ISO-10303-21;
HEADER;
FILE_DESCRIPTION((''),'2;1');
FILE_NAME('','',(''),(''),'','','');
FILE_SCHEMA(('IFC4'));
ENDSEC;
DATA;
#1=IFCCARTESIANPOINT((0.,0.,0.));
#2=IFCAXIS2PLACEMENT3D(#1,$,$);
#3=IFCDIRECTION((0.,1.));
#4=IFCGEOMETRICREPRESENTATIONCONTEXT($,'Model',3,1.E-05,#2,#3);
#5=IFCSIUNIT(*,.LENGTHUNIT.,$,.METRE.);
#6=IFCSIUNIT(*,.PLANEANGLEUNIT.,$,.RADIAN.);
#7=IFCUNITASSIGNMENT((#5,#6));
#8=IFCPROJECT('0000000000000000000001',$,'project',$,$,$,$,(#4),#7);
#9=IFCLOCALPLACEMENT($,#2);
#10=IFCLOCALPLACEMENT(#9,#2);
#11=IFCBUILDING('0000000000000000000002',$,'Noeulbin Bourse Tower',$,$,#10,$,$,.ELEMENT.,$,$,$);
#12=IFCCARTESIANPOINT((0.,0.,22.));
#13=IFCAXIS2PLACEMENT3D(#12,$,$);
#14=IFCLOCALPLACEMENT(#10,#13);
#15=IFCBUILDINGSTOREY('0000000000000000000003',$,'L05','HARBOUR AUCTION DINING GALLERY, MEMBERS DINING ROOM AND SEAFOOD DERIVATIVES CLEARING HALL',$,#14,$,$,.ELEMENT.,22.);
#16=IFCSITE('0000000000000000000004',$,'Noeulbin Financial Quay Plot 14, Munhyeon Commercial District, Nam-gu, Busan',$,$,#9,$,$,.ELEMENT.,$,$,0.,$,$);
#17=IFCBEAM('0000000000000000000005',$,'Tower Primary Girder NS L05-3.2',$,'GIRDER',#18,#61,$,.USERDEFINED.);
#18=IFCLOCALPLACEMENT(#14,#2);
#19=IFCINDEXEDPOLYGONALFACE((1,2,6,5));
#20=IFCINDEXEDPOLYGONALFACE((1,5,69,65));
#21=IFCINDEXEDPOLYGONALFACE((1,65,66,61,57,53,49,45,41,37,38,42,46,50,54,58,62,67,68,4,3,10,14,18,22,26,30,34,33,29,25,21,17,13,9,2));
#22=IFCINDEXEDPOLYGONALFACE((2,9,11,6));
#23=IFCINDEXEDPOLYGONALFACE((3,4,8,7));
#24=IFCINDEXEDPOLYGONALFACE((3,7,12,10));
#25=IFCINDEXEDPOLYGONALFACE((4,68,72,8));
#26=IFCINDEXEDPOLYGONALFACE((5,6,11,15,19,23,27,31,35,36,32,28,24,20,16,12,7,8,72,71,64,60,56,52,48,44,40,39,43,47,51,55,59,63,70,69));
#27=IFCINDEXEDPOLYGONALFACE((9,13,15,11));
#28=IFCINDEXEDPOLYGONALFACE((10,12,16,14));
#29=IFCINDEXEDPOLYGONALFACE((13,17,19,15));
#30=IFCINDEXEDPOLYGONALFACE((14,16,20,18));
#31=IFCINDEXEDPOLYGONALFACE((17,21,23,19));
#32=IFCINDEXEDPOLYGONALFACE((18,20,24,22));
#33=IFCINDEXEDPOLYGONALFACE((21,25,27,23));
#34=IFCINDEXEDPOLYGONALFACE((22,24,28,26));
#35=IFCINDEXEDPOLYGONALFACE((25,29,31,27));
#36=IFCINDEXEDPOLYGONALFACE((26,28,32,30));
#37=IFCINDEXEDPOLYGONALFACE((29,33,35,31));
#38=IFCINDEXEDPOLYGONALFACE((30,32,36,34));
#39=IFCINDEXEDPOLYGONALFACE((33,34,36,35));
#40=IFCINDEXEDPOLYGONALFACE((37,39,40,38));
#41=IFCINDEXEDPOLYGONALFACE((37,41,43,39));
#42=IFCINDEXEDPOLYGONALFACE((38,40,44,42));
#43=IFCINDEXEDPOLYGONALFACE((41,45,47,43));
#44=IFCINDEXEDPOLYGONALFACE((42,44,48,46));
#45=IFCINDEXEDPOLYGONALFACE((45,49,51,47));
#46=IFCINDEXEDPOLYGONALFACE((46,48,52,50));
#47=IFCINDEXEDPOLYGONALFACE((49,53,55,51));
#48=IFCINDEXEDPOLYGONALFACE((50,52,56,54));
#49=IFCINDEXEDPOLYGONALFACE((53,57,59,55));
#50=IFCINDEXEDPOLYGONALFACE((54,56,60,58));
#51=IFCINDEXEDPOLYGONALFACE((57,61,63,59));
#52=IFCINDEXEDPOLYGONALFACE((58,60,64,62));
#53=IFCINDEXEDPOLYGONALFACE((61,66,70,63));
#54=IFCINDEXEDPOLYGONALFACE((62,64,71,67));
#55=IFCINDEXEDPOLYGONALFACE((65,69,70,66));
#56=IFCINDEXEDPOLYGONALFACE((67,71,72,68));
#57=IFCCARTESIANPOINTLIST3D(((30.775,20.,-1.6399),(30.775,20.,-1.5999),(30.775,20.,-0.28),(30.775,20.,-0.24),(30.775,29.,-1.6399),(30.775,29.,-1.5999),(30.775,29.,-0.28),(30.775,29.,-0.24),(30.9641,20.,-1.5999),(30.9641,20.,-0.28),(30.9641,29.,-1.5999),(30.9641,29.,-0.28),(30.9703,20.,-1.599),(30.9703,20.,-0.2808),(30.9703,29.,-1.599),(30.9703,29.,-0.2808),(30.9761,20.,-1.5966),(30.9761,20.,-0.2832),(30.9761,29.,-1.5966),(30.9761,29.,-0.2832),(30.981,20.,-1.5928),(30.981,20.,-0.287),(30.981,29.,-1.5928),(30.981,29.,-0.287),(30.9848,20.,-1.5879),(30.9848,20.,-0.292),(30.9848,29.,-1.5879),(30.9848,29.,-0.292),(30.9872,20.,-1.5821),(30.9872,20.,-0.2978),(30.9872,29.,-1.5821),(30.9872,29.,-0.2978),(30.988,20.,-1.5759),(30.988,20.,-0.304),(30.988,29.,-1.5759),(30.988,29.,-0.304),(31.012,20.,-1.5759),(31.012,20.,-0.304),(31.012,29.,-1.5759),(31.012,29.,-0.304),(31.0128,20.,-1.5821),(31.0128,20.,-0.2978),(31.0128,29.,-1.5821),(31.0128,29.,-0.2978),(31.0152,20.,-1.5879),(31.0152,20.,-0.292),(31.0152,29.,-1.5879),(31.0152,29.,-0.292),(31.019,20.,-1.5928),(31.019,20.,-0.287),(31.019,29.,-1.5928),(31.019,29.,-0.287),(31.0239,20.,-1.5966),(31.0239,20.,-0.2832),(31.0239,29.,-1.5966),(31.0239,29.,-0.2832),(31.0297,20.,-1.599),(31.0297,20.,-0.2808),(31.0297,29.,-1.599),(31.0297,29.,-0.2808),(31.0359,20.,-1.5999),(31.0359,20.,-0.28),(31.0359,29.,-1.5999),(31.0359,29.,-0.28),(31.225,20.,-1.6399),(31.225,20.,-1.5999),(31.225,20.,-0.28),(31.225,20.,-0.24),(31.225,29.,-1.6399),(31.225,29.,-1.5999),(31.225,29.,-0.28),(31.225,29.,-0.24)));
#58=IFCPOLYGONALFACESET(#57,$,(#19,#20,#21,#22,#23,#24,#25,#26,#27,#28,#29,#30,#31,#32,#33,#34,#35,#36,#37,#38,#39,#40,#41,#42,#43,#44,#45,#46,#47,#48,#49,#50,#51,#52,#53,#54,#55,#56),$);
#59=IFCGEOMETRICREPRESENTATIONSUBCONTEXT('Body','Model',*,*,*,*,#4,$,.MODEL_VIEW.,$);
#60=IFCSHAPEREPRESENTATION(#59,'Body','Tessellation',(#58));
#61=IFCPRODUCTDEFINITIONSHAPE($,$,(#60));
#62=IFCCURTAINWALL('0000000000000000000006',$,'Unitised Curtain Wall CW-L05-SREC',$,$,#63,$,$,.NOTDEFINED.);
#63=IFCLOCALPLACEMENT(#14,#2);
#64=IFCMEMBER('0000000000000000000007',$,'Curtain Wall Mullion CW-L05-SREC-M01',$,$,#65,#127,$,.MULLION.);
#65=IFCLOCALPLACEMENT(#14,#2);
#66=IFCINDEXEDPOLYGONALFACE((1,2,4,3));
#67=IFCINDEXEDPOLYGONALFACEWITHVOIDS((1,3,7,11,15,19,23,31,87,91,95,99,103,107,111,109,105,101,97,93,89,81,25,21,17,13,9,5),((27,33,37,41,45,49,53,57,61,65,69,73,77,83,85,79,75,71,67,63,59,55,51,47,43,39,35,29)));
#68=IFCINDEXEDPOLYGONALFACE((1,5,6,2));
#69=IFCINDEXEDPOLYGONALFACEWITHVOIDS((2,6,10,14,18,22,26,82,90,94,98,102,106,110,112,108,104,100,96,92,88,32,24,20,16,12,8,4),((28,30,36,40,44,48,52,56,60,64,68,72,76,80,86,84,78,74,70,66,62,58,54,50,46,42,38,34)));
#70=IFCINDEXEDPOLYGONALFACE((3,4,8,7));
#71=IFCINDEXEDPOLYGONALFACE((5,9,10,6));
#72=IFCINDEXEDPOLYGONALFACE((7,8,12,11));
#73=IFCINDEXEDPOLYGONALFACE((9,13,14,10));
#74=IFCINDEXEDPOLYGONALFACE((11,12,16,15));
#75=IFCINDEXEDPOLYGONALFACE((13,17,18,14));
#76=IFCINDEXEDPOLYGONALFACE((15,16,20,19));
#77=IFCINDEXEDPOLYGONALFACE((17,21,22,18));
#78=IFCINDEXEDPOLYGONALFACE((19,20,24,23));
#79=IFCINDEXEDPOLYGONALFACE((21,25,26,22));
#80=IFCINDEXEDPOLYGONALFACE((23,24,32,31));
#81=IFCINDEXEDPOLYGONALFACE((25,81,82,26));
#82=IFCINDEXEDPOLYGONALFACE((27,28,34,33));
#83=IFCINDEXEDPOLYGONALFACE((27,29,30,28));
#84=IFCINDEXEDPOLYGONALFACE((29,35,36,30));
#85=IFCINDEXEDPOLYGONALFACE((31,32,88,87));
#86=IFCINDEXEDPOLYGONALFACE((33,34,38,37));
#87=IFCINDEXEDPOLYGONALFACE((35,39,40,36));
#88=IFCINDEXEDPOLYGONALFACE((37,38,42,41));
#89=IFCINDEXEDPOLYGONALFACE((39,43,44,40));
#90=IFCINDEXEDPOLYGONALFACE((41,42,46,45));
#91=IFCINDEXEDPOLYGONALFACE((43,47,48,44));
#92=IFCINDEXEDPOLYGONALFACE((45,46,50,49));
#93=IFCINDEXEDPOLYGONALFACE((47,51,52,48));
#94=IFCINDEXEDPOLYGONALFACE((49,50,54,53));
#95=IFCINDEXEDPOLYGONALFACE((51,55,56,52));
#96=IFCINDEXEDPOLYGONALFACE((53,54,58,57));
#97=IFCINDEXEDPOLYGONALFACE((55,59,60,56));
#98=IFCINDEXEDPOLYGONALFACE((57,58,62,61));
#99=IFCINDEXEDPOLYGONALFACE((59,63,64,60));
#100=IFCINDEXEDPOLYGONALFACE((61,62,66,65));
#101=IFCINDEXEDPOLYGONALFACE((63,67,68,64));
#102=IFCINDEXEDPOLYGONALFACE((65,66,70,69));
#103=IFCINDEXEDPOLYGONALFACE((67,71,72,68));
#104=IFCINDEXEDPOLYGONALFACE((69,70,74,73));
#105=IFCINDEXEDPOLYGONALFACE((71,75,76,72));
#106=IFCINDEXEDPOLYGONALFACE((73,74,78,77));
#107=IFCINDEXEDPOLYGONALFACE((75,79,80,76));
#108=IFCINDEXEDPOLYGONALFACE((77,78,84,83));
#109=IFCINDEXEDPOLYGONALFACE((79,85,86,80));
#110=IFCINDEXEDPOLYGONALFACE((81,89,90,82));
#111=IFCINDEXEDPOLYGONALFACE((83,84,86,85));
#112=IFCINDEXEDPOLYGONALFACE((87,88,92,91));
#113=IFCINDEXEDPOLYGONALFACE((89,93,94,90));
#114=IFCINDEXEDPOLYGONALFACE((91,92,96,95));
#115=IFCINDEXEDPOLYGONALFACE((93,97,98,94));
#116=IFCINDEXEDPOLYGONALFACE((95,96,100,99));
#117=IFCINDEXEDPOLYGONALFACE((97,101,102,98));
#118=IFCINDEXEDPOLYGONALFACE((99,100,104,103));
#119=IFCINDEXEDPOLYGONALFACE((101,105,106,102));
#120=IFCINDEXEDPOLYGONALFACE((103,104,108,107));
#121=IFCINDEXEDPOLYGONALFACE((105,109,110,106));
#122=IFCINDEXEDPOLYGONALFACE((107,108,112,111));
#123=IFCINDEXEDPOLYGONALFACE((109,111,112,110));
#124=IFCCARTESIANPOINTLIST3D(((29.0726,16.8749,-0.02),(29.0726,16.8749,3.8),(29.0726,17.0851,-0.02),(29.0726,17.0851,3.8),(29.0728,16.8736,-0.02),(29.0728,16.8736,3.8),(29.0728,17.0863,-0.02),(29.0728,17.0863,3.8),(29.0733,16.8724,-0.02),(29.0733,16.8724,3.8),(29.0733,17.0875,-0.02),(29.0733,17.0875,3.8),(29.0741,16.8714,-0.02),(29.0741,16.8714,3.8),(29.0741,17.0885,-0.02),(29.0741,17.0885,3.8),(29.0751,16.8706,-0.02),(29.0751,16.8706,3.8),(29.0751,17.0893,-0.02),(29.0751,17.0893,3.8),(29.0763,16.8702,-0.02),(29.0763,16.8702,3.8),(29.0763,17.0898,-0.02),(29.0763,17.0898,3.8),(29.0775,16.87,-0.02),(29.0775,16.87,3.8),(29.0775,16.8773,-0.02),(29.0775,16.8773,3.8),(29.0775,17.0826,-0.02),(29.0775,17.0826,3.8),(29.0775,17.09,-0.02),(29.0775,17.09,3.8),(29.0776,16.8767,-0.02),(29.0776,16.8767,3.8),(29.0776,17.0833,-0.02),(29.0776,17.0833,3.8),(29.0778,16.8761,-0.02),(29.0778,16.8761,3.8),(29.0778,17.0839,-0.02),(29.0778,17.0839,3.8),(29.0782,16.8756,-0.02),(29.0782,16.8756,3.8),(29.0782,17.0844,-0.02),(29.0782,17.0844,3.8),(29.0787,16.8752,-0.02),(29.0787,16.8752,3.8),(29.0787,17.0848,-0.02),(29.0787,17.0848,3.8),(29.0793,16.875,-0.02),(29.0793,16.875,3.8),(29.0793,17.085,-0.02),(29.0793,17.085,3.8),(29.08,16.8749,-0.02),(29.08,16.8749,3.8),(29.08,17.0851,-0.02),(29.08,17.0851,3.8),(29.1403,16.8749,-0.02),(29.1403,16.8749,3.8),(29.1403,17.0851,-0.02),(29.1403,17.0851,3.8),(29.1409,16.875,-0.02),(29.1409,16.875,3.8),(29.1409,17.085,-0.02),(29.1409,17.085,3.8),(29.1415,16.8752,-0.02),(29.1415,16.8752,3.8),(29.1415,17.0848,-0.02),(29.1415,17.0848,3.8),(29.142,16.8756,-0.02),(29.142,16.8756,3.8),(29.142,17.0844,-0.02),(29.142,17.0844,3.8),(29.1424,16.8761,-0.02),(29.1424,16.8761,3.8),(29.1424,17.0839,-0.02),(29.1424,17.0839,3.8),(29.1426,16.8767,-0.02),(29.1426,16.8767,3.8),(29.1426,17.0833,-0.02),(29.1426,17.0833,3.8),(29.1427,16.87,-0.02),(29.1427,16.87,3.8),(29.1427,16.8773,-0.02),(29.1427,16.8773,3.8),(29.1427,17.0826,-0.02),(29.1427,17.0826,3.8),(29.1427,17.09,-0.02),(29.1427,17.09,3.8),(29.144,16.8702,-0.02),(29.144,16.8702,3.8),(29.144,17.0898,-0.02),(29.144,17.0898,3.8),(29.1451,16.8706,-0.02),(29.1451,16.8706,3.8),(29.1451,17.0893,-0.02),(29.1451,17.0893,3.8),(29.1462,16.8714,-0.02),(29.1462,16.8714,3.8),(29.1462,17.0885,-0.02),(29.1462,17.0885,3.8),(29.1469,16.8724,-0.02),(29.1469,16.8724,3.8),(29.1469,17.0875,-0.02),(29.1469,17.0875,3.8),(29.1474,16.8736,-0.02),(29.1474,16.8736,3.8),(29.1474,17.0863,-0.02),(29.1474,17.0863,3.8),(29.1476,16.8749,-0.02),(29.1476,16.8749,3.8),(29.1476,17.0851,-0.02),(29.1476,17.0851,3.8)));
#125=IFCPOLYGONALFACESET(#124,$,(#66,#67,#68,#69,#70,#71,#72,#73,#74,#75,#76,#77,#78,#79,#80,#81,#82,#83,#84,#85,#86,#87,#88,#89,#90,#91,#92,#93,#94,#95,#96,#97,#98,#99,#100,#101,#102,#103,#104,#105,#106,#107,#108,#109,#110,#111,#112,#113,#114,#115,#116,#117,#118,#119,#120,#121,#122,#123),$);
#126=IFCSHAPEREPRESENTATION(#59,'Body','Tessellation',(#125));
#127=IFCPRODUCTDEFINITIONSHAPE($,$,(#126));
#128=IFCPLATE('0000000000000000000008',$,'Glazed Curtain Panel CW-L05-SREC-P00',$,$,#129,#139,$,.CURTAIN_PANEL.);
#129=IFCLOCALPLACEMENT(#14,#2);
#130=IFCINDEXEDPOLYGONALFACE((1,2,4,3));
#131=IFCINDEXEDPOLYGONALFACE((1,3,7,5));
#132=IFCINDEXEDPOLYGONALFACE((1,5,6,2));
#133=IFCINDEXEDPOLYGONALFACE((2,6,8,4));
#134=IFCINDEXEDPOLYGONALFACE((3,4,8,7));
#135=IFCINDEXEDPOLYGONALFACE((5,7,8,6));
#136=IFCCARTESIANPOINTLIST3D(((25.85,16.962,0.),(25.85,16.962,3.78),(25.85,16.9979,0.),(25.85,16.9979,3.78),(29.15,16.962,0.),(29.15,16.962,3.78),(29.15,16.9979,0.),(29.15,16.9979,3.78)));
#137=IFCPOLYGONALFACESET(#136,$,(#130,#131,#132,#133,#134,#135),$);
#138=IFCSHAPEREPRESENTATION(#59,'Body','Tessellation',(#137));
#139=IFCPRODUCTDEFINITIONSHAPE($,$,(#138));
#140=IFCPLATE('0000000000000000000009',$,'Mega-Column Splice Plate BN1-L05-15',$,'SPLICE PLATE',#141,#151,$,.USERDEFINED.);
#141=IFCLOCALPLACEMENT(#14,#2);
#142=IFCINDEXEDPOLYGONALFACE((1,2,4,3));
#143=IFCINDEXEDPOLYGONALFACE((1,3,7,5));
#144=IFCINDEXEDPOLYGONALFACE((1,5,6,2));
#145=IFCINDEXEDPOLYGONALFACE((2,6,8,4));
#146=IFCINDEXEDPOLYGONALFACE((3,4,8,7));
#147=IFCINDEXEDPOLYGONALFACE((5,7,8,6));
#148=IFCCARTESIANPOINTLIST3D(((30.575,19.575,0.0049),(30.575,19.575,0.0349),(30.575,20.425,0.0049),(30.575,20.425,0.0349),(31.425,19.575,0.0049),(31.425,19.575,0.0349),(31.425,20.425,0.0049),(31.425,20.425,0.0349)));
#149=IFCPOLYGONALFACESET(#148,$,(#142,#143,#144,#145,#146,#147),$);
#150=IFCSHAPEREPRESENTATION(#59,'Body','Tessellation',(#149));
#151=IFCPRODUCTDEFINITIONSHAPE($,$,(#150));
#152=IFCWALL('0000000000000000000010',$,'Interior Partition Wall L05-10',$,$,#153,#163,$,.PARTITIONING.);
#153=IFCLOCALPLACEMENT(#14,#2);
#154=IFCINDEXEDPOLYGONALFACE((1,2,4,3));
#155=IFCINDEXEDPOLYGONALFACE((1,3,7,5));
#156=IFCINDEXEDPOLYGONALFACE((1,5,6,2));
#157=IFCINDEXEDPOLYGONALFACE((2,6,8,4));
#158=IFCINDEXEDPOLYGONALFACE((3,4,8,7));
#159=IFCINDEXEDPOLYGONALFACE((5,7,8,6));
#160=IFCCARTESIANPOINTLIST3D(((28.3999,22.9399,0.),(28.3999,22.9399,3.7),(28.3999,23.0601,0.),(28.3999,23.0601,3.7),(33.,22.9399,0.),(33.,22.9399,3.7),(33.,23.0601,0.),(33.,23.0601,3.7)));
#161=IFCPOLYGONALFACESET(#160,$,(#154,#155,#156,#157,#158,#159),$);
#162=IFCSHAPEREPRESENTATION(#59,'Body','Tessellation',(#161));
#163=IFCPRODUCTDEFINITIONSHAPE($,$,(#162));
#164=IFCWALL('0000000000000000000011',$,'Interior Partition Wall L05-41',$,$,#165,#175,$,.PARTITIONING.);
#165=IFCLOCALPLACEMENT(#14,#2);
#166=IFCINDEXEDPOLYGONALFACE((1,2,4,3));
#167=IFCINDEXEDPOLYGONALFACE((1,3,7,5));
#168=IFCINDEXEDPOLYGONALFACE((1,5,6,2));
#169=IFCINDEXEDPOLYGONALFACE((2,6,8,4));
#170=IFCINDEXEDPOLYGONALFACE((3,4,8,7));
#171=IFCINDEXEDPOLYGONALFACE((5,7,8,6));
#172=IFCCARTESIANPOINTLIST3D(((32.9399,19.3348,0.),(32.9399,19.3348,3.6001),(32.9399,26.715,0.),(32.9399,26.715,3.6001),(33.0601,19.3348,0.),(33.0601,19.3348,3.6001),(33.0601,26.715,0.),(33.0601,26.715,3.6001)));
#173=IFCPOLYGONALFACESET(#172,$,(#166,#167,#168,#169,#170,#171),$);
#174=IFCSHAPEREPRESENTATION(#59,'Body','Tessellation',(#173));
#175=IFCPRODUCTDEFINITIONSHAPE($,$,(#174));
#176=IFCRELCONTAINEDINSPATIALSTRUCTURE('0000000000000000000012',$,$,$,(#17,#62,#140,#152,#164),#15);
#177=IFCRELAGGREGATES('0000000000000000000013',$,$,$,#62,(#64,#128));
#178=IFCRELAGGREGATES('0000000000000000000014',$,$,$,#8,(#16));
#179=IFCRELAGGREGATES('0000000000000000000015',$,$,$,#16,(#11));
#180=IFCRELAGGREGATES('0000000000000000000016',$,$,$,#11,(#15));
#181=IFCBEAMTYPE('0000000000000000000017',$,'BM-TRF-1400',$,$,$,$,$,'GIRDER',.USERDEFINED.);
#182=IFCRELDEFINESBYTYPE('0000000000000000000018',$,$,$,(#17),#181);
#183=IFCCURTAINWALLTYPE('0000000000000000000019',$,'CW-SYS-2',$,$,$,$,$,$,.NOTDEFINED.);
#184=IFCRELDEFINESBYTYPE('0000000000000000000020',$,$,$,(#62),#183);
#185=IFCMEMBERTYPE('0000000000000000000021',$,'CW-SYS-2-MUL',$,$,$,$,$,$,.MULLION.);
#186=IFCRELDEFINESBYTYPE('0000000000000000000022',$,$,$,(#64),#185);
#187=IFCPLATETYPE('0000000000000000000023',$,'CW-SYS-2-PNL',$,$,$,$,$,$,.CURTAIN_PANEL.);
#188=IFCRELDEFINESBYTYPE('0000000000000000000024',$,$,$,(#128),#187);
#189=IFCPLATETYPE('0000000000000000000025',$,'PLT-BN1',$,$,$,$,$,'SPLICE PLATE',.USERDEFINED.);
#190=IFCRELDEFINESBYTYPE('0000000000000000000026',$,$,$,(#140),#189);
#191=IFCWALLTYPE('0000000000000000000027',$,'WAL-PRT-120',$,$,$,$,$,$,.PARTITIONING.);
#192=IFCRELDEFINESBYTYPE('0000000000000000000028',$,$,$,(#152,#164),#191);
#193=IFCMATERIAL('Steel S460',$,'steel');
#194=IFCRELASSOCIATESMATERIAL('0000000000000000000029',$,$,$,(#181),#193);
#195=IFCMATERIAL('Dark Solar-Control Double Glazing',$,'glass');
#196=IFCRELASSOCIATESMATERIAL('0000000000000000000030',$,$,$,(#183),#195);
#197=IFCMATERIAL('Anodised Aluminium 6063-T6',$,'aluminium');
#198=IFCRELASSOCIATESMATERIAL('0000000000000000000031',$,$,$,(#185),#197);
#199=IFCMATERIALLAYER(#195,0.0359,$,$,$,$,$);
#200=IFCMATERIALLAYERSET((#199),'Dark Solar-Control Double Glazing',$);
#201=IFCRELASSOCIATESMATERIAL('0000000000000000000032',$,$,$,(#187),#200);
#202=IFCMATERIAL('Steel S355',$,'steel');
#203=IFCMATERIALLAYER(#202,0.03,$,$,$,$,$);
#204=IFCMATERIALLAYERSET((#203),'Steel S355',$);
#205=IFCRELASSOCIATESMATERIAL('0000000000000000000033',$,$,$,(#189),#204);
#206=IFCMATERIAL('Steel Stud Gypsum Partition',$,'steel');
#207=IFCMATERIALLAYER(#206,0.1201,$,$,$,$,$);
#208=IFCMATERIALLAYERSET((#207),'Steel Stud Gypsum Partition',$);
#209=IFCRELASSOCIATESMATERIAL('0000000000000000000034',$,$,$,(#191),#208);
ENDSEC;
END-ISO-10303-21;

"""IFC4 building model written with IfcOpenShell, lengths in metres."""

from ifc_helpers import new_model, si_unit, direction, frame, frame_2d, origin, origin_2d, place, context, subcontext, project, spatial, rectangle, hollow_rectangle, i_section, extrude, material, layer, layer_set, material_profile, profile_set, type_object, element, aggregate, save


model = new_model("IFC4")

# Units and contexts
model_context = context("Model", 3, precision=1e-05, world=origin(), true_north=direction((0.0, 1.0)))
body_context = subcontext(model_context, "Body", "Model", "MODEL_VIEW")
ifc_project = project(units=[si_unit("LENGTHUNIT", "METRE"), si_unit("PLANEANGLEUNIT", "RADIAN")], contexts=[model_context])

# Site, building, storey
site_placement = place(None, origin())
site = spatial("IfcSite", under=ifc_project, at=site_placement, Name="Noeulbin Financial Quay Plot 14, Munhyeon Commercial District, Nam-gu, Busan", CompositionType="ELEMENT", RefElevation=0.0)
building_placement = place(site_placement, origin())
building = spatial("IfcBuilding", under=site, at=building_placement, Name="Noeulbin Bourse Tower", CompositionType="ELEMENT")
storey_placement = place(building_placement, frame((0.0, 0.0, 22.0)))
storey = spatial("IfcBuildingStorey", under=building, at=storey_placement, Name="L05", Description="HARBOUR AUCTION DINING GALLERY, MEMBERS DINING ROOM AND SEAFOOD DERIVATIVES CLEARING HALL", CompositionType="ELEMENT", Elevation=22.0)

# Shared definitions
ifc_material_1 = material(Name="Steel S460", Category="steel")

# Beam
ifc_material_2 = material(Name="Steel S355", Category="steel")
ifc_material_profile_1 = material_profile(ifc_material_1, i_section(OverallWidth=0.45, OverallDepth=1.3999, WebThickness=0.0239, FlangeThickness=0.04, FilletRadius=0.0239, at=origin_2d()), Name="PG-1400x450x24x40", Category="LoadBearing")
ifc_profile_set_1 = profile_set([ifc_material_profile_1], Name="Steel S460")
beam_type_1 = type_object("IfcBeamType", Name="BM-TRF-1400", ElementType="GIRDER", PredefinedType="USERDEFINED", material=ifc_profile_set_1)
beam_1_placement = place(storey_placement, frame((31.0, 20.0, -0.9399), z_axis=(0.0, 1.0, 0.0), x_axis=(-1.0, 0.0, 0.0)))
element("IfcBeam", 1, at=beam_1_placement, inside=storey, type_object=beam_type_1, Name="Tower Primary Girder NS L05-3.2", ObjectType="GIRDER", PredefinedType="USERDEFINED", context=body_context, shape_type="SweptSolid", body=[
    extrude(i_section(OverallWidth=0.45, OverallDepth=1.3999, WebThickness=0.0239, FlangeThickness=0.04, FilletRadius=0.0239, at=origin_2d()), origin(), (0.0, 0.0, 1.0), 9.0),
])

# Curtain wall, member, plate
ifc_material_3 = material(Name="Dark Solar-Control Double Glazing", Category="glass")
curtain_wall_type = type_object("IfcCurtainWallType", Name="CW-SYS-2", PredefinedType="NOTDEFINED", material=ifc_material_3)
curtain_wall_placement = place(storey_placement, origin())
curtain_wall = element("IfcCurtainWall", 2, at=curtain_wall_placement, inside=storey, type_object=curtain_wall_type, Name="Unitised Curtain Wall CW-L05-SREC", PredefinedType="NOTDEFINED")
ifc_material_4 = material(Name="Anodised Aluminium 6063-T6", Category="aluminium")
ifc_material_profile_2 = material_profile(ifc_material_4, hollow_rectangle(XDim=0.075, YDim=0.22, WallThickness=0.0049, InnerFilletRadius=0.0024, OuterFilletRadius=0.0049, at=origin_2d()), Name="ALU-MULL-75x220x5", Category="LoadBearing")
ifc_profile_set_2 = profile_set([ifc_material_profile_2], Name="Anodised Aluminium 6063-T6")
member_type = type_object("IfcMemberType", Name="CW-SYS-2-MUL", PredefinedType="MULLION", material=ifc_profile_set_2)
member_placement = place(storey_placement, frame((29.1101, 16.98, -0.02), z_axis=(0.0, 0.0, 1.0), x_axis=(1.0, 0.0, 0.0)))
member = element("IfcMember", 3, at=member_placement, type_object=member_type, Name="Curtain Wall Mullion CW-L05-SREC-M01", PredefinedType="MULLION", context=body_context, shape_type="SweptSolid", body=[
    extrude(hollow_rectangle(XDim=0.075, YDim=0.22, WallThickness=0.0049, InnerFilletRadius=0.0024, OuterFilletRadius=0.0049, at=origin_2d()), origin(), (0.0, 0.0, 1.0), 3.8201),
])
ifc_layer_1 = layer(ifc_material_3, 0.0359)
ifc_layer_set_1 = layer_set([ifc_layer_1], Name="Dark Solar-Control Double Glazing")
plate_type_1 = type_object("IfcPlateType", Name="CW-SYS-2-PNL", PredefinedType="CURTAIN_PANEL", material=ifc_layer_set_1)
plate_1_placement = place(storey_placement, frame((27.5, 16.98, 0.0), z_axis=(0.0, 0.0, 1.0), x_axis=(1.0, 0.0, 0.0)))
plate_1 = element("IfcPlate", 4, at=plate_1_placement, type_object=plate_type_1, Name="Glazed Curtain Panel CW-L05-SREC-P00", PredefinedType="CURTAIN_PANEL", context=body_context, shape_type="SweptSolid", body=[
    extrude(rectangle(XDim=3.3, YDim=0.0359, at=origin_2d()), origin(), (0.0, 0.0, 1.0), 3.78),
])
aggregate(curtain_wall, [member, plate_1])

# Plate
ifc_layer_2 = layer(ifc_material_2, 0.03)
ifc_layer_set_2 = layer_set([ifc_layer_2], Name="Steel S355")
plate_type_2 = type_object("IfcPlateType", Name="PLT-BN1", ElementType="SPLICE PLATE", PredefinedType="USERDEFINED", material=ifc_layer_set_2)
plate_2_placement = place(storey_placement, frame((31.0, 20.0, 0.0049), z_axis=(0.0, 0.0, 1.0), x_axis=(1.0, 0.0, 0.0)))
element("IfcPlate", 5, at=plate_2_placement, inside=storey, type_object=plate_type_2, Name="Mega-Column Splice Plate BN1-L05-15", ObjectType="SPLICE PLATE", PredefinedType="USERDEFINED", context=body_context, shape_type="SweptSolid", body=[
    extrude(rectangle(XDim=0.8501, YDim=0.8501, at=origin_2d()), origin(), (0.0, 0.0, 1.0), 0.03),
])

# Walls
ifc_material_5 = material(Name="Steel Stud Gypsum Partition", Category="steel")
ifc_layer_3 = layer(ifc_material_5, 0.1201)
ifc_layer_set_3 = layer_set([ifc_layer_3], Name="Steel Stud Gypsum Partition")
wall_type_1 = type_object("IfcWallType", Name="WAL-PRT-120", PredefinedType="PARTITIONING", material=ifc_layer_set_3)
wall_1_placement = place(storey_placement, frame((28.3999, 23.0, 0.0), z_axis=(0.0, 0.0, 1.0), x_axis=(1.0, 0.0, 0.0)))
element("IfcWall", 6, at=wall_1_placement, inside=storey, type_object=wall_type_1, Name="Interior Partition Wall L05-10", PredefinedType="PARTITIONING", context=body_context, shape_type="SweptSolid", body=[
    extrude(rectangle(XDim=4.6001, YDim=0.1201, at=frame_2d((2.3, 0.0))), origin(), (0.0, 0.0, 1.0), 3.7),
])
wall_2_placement = place(storey_placement, frame((33.0, 19.335, 0.0), z_axis=(0.0, 0.0, 1.0), x_axis=(0.0, 1.0, 0.0)))
element("IfcWall", 7, at=wall_2_placement, inside=storey, type_object=wall_type_1, Name="Interior Partition Wall L05-41", PredefinedType="PARTITIONING", context=body_context, shape_type="SweptSolid", body=[
    extrude(rectangle(XDim=7.3801, YDim=0.1201, at=frame_2d((3.6899, 0.0))), origin(), (0.0, 0.0, 1.0), 3.6001),
])

save(model, "model.ifc")
